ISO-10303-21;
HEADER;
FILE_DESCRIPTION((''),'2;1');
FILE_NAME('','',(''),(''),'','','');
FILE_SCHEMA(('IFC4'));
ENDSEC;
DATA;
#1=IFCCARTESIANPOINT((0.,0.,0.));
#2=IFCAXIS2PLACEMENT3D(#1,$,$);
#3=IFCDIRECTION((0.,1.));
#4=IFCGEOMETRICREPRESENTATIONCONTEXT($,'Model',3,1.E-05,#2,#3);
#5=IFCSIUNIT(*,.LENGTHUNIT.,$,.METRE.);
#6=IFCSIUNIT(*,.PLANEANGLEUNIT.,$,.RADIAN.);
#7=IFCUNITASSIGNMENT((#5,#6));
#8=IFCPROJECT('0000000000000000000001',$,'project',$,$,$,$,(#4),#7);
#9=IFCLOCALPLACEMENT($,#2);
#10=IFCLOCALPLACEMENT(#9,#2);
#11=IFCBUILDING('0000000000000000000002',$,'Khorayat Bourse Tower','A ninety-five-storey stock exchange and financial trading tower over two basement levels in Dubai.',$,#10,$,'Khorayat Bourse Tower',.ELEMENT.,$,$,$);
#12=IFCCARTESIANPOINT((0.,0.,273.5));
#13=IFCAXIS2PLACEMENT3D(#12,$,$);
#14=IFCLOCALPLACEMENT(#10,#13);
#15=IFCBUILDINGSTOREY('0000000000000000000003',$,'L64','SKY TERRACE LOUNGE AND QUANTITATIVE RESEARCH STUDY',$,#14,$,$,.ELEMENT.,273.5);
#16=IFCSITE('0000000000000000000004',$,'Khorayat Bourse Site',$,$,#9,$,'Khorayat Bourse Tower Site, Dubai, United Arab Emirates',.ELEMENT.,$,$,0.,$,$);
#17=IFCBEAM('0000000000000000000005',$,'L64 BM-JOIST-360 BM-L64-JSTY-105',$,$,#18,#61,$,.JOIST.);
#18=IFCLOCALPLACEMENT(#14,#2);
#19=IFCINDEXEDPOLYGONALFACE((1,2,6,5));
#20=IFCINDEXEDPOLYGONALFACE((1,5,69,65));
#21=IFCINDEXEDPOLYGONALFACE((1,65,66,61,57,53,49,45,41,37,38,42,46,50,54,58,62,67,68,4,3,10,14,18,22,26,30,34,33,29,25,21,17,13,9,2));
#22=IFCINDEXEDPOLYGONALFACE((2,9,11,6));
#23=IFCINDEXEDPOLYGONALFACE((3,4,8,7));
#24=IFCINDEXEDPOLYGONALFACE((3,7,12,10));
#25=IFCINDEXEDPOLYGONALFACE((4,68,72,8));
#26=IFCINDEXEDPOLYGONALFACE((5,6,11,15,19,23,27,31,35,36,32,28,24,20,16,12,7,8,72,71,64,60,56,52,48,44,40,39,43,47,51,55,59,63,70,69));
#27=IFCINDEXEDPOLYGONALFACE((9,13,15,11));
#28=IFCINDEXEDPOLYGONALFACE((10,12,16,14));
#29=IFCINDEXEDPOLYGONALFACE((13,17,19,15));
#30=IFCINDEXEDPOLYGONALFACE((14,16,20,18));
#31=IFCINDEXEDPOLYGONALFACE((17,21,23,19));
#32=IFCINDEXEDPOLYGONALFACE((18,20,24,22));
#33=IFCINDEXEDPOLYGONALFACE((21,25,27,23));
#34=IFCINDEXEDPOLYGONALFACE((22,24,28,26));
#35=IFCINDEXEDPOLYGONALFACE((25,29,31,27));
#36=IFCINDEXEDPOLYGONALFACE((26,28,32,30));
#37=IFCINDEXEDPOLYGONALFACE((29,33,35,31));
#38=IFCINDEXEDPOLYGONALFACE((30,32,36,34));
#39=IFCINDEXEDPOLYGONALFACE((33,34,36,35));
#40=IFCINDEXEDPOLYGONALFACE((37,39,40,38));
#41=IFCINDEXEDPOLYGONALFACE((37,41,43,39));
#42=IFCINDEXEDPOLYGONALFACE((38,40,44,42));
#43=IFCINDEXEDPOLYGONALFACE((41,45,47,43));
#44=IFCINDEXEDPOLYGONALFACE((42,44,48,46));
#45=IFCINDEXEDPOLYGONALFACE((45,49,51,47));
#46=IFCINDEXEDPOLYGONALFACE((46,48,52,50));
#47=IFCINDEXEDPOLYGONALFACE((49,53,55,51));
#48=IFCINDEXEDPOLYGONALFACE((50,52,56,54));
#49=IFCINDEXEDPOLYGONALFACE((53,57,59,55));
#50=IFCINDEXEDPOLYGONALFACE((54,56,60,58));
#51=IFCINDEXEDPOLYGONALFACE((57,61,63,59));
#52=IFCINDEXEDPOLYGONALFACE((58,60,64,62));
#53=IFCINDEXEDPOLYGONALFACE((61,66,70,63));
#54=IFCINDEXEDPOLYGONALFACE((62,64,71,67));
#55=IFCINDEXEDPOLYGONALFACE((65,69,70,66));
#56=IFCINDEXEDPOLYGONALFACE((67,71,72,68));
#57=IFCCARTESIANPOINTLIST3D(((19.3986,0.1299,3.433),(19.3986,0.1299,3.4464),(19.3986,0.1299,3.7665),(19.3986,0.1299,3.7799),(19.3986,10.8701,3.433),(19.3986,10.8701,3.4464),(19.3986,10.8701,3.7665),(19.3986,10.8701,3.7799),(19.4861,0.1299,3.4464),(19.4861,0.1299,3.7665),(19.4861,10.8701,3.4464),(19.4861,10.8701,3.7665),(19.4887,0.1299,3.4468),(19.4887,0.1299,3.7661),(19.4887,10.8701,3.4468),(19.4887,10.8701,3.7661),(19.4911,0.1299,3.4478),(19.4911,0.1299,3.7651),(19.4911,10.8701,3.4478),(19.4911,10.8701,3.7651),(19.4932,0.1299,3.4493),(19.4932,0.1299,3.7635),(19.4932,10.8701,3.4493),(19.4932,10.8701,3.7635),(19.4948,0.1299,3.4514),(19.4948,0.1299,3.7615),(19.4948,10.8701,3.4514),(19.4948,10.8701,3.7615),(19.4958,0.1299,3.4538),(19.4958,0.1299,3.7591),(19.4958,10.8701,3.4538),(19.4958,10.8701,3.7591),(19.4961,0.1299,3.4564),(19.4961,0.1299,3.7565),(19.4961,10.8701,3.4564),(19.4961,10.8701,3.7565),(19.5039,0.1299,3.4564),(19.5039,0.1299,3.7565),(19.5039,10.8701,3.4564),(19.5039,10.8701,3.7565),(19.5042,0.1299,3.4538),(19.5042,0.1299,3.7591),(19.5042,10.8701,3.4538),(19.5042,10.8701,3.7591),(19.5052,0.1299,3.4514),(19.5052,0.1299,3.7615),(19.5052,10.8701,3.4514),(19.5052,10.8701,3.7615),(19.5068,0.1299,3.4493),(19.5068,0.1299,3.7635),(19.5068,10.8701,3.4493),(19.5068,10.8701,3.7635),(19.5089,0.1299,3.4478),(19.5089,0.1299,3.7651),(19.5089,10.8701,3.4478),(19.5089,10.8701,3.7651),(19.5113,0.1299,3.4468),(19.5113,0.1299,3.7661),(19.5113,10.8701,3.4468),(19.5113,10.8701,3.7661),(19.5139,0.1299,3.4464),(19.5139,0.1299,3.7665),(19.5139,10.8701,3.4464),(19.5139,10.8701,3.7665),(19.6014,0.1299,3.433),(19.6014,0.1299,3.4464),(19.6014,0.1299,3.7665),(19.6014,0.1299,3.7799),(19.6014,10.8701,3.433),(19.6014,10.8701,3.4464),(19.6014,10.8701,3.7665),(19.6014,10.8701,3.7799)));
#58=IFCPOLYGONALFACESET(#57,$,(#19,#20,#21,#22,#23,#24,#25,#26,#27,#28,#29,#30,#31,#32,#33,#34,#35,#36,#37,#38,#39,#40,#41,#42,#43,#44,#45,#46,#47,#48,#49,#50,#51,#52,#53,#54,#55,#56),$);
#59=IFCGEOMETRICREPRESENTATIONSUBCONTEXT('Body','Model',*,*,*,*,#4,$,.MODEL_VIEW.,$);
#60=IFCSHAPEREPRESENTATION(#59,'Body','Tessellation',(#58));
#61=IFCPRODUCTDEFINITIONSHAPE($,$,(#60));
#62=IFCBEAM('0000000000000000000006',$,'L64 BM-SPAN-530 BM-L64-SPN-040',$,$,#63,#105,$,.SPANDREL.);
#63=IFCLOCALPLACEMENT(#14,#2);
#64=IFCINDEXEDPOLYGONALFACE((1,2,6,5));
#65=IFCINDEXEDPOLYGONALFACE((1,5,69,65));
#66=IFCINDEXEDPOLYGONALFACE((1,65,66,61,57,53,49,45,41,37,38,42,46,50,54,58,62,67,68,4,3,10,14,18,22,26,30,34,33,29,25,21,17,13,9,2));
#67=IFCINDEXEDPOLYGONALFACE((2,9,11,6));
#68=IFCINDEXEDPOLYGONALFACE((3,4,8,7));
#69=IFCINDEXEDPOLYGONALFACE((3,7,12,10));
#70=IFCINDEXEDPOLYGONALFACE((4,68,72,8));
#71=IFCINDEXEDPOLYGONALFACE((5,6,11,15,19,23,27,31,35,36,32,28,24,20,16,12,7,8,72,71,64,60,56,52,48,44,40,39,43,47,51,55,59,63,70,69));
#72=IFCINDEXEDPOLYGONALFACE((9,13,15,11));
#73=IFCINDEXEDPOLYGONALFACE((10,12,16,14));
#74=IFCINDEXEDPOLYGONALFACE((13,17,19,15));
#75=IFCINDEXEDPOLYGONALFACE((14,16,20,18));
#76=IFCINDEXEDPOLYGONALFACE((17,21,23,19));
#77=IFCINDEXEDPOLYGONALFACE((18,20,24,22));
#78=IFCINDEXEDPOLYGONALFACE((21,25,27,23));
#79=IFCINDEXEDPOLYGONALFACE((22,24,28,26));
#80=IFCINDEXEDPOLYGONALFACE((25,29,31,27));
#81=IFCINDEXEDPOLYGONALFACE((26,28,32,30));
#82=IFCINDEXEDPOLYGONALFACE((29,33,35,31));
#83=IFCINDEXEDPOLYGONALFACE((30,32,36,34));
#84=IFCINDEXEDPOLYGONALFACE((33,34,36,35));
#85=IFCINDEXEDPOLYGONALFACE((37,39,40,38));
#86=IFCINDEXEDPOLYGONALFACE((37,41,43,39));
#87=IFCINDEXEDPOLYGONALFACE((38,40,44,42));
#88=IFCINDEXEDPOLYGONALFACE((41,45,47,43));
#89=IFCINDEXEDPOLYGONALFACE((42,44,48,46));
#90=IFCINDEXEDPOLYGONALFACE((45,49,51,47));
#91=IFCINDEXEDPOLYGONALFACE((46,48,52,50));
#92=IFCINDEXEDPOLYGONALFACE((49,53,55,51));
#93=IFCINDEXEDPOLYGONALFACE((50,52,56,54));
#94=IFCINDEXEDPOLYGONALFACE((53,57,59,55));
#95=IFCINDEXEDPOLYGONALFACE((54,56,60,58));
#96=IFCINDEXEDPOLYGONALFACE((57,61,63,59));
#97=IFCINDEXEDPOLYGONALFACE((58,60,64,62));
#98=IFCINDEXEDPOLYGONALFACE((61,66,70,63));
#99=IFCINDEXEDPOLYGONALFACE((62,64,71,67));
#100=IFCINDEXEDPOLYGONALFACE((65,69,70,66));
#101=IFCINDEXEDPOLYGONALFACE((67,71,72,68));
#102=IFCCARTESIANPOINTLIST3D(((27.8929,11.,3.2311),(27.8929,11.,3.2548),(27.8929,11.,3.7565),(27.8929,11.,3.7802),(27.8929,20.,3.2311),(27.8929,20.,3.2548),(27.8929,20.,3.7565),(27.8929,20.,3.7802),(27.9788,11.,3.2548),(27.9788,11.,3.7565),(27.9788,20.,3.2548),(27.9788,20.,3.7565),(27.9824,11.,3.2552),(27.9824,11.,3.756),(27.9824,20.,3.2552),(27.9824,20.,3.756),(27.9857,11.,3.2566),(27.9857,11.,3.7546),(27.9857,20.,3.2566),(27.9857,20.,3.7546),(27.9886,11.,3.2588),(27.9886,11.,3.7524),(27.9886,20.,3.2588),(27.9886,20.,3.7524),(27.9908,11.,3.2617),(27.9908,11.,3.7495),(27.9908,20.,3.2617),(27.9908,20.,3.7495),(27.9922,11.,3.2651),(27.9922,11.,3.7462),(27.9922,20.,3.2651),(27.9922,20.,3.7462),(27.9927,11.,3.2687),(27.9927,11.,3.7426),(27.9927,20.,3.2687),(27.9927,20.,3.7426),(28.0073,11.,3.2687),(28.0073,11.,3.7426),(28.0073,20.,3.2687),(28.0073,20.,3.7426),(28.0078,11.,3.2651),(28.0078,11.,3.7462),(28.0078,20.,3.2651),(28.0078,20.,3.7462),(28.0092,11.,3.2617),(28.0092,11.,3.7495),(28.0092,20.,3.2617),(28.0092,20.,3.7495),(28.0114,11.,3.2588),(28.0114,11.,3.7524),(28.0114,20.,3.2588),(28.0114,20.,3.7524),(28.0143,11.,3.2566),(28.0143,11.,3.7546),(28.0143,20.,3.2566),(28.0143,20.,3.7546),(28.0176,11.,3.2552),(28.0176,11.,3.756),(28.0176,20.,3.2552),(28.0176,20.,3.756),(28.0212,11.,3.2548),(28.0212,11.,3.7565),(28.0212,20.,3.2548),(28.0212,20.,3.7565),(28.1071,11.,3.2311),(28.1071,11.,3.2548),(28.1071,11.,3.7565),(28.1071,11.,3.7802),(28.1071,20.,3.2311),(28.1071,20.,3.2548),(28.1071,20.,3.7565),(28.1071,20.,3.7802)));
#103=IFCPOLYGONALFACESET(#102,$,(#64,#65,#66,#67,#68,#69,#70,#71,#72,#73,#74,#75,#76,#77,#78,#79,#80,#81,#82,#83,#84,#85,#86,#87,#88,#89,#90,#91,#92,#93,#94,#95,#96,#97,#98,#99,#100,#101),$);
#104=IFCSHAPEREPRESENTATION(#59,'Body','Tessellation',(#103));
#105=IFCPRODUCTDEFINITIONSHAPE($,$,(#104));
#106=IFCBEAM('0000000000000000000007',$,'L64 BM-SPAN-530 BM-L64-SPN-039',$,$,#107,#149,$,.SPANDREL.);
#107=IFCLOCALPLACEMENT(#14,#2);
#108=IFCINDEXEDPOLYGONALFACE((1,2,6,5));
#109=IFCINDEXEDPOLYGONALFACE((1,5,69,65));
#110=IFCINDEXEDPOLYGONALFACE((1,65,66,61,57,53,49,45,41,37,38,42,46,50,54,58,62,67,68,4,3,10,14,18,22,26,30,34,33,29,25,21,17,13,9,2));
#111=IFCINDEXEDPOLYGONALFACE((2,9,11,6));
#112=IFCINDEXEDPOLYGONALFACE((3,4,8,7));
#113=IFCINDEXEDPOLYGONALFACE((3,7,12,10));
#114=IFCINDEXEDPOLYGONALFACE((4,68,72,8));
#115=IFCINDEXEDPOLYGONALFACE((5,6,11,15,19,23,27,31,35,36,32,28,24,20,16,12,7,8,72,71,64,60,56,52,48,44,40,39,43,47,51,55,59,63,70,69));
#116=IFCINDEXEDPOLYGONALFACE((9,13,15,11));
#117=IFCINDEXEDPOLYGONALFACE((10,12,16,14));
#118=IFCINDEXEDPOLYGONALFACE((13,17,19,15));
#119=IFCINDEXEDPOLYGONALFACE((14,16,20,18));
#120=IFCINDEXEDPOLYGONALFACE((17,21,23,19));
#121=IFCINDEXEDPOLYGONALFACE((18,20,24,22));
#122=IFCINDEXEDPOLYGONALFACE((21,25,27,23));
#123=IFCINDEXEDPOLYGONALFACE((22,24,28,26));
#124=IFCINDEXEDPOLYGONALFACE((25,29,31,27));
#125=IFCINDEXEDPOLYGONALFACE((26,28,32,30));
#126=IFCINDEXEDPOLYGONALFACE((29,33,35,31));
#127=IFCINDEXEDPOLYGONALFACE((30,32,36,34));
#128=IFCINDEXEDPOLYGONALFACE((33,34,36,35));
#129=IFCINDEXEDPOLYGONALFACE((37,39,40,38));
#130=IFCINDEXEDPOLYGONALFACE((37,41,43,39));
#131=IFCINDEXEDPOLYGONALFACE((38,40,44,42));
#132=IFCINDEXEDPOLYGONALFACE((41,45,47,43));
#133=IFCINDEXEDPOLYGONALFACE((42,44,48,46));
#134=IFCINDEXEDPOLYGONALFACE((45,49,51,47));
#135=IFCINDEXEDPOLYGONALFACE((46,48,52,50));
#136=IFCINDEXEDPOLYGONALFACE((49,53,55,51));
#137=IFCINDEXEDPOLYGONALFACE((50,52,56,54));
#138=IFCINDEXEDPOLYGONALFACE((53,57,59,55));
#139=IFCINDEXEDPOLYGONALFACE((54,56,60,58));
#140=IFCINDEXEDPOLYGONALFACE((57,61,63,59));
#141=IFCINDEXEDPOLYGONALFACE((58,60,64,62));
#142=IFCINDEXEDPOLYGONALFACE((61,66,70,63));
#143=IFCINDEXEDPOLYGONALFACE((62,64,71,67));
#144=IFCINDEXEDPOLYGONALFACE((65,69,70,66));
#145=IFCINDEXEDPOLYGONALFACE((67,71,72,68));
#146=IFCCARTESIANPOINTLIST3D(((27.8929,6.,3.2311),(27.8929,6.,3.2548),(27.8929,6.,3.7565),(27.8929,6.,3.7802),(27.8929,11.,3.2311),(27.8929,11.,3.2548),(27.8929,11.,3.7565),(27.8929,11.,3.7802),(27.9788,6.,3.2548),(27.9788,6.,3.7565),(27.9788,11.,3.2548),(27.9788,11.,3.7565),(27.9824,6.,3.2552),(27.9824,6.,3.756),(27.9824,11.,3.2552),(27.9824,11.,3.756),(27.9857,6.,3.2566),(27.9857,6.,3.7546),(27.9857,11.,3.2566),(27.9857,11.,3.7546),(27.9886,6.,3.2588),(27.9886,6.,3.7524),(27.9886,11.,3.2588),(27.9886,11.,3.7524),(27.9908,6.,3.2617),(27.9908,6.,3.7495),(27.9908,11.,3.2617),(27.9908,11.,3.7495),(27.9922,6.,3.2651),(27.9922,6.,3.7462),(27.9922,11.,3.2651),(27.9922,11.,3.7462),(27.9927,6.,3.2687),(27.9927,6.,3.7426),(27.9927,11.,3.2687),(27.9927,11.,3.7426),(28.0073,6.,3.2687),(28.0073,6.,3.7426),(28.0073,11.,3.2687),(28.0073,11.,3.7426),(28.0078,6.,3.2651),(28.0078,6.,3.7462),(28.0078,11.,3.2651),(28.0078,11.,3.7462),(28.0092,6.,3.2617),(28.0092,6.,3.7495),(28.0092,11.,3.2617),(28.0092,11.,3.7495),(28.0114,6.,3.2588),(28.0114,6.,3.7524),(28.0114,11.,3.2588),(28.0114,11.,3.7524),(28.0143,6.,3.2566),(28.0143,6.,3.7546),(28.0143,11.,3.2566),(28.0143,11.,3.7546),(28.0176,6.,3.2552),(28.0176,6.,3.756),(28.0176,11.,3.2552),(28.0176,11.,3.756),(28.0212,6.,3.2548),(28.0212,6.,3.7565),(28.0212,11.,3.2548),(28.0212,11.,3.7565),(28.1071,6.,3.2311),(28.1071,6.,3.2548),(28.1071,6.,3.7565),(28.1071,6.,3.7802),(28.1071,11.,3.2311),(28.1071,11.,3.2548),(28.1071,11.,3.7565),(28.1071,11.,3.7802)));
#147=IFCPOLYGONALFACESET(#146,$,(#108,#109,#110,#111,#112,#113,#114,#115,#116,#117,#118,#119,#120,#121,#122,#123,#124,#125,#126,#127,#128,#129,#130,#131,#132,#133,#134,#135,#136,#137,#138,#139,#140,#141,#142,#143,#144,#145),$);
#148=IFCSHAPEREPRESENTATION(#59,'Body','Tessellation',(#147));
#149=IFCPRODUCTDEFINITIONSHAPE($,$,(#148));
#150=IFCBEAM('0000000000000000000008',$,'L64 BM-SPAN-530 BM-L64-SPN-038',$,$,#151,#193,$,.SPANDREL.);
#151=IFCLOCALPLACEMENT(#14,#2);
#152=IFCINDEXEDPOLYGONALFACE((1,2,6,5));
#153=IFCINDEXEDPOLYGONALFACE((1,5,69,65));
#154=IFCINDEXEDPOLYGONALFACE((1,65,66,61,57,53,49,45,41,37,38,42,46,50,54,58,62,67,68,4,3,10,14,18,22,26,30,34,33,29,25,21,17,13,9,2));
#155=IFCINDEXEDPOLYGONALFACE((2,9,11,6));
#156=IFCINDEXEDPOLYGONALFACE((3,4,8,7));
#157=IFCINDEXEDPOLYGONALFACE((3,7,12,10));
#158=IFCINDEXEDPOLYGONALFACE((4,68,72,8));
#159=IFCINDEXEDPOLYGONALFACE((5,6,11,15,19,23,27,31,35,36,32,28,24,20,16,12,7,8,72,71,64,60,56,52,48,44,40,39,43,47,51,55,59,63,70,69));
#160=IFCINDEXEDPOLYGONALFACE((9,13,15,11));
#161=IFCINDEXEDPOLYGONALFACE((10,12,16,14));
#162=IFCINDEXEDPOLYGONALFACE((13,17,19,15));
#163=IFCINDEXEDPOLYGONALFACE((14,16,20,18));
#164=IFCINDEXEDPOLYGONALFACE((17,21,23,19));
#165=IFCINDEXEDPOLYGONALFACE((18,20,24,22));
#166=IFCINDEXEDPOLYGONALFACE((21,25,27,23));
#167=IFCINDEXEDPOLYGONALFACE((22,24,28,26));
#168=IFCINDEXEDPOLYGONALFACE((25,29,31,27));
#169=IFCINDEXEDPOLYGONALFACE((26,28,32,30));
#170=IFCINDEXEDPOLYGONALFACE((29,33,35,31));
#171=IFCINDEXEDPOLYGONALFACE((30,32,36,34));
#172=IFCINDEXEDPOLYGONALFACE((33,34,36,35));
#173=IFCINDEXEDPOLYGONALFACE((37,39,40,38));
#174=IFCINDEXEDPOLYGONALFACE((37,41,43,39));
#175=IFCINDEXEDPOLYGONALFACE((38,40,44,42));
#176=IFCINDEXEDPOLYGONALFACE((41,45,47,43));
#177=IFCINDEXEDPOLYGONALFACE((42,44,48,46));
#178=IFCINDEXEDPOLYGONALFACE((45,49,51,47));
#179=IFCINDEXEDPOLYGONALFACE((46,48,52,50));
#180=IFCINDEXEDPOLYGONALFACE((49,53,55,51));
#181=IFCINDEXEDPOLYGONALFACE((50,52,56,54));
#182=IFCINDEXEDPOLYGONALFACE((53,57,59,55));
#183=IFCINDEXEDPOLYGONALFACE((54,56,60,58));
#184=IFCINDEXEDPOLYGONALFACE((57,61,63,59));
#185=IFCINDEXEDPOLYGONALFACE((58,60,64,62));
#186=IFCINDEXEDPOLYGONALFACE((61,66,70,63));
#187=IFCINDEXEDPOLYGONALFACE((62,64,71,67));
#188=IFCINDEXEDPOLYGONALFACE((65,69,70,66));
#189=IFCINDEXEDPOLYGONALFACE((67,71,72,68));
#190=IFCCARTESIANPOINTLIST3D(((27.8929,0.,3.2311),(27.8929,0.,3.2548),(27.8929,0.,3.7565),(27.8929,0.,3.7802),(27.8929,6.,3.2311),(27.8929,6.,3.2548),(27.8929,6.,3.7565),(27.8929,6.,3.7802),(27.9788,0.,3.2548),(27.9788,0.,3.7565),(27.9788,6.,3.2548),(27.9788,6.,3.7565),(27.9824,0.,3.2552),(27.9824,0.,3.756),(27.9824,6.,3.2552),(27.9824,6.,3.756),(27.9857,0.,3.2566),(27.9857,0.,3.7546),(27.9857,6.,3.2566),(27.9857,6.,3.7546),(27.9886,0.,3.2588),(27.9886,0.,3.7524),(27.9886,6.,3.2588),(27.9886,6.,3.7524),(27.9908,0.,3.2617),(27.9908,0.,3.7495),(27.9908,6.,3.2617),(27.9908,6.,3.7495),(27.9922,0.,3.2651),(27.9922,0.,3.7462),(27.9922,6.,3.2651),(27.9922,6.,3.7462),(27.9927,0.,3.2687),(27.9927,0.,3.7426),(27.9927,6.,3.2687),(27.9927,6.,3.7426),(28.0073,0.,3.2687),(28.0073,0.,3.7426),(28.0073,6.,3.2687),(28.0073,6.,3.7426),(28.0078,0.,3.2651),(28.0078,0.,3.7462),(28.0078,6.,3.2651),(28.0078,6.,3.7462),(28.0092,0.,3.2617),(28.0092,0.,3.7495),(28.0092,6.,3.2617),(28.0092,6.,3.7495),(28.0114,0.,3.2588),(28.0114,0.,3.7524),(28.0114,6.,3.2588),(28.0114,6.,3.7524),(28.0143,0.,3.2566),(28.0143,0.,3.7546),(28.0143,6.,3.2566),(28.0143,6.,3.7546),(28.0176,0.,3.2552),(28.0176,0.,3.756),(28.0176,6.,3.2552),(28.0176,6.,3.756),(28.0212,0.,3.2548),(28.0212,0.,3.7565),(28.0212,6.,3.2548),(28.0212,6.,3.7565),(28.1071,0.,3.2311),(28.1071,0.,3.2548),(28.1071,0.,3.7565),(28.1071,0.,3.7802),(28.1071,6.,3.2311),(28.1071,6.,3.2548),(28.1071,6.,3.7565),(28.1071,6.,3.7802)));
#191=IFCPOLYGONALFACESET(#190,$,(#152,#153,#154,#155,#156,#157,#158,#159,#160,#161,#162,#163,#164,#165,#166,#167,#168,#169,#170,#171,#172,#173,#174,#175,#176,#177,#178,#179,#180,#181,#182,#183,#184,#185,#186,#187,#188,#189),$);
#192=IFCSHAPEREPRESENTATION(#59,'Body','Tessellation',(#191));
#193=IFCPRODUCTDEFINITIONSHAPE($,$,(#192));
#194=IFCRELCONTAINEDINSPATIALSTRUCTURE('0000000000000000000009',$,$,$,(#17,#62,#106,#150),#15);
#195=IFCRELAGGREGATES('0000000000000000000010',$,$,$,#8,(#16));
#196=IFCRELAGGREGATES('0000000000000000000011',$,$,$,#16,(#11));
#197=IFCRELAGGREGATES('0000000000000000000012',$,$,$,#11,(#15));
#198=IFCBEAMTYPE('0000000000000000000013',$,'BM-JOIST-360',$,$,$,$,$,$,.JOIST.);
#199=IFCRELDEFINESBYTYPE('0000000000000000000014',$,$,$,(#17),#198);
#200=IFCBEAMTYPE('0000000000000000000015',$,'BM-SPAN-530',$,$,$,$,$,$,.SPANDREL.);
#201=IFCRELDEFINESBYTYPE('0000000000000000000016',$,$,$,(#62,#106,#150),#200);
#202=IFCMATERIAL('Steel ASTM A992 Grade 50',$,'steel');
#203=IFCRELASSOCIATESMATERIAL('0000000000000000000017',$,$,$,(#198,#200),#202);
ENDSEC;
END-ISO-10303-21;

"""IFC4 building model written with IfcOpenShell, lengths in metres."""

from ifc_helpers import new_model, si_unit, direction, frame, origin, origin_2d, place, context, subcontext, project, spatial, i_section, extrude, source, transform, mapped, material, material_profile, profile_set, type_object, element, save


model = new_model("IFC4")

# Units and contexts
model_context = context("Model", 3, precision=1e-05, world=origin(), true_north=direction((0.0, 1.0)))
body_context = subcontext(model_context, "Body", "Model", "MODEL_VIEW")
ifc_project = project(units=[si_unit("LENGTHUNIT", "METRE"), si_unit("PLANEANGLEUNIT", "RADIAN")], contexts=[model_context])

# Site, building, storey
site_placement = place(None, origin())
site = spatial("IfcSite", under=ifc_project, at=site_placement, Name="Khorayat Bourse Site", LongName="Khorayat Bourse Tower Site, Dubai, United Arab Emirates", CompositionType="ELEMENT", RefElevation=0.0)
building_placement = place(site_placement, origin())
building = spatial("IfcBuilding", under=site, at=building_placement, Name="Khorayat Bourse Tower", Description="A ninety-five-storey stock exchange and financial trading tower over two basement levels in Dubai.", LongName="Khorayat Bourse Tower", CompositionType="ELEMENT")
storey_placement = place(building_placement, frame((0.0, 0.0, 273.5)))
storey = spatial("IfcBuildingStorey", under=building, at=storey_placement, Name="L64", Description="SKY TERRACE LOUNGE AND QUANTITATIVE RESEARCH STUDY", CompositionType="ELEMENT", Elevation=273.5)

# Shared definitions
ifc_material_1 = material(Name="Steel ASTM A992 Grade 50", Category="steel")

# Beams
ifc_material_profile_1 = material_profile(ifc_material_1, i_section(OverallWidth=0.2029, OverallDepth=0.3469, WebThickness=0.0078, FlangeThickness=0.0134, FilletRadius=0.01, at=origin_2d()), Name="W360X64")
ifc_profile_set_1 = profile_set([ifc_material_profile_1], Name="Steel ASTM A992 Grade 50")
beam_type_1 = type_object("IfcBeamType", Name="BM-JOIST-360", PredefinedType="JOIST", material=ifc_profile_set_1)
shared_shape_1 = source(origin(), body_context, "Body", "SweptSolid", [
    extrude(i_section(OverallWidth=0.2029, OverallDepth=0.3469, WebThickness=0.0078, FlangeThickness=0.0134, FilletRadius=0.01, at=origin_2d()), origin(), (0.0, 0.0, 1.0), 10.7402),
])
beam_1_placement = place(storey_placement, frame((19.5, 0.1299, 3.6064), z_axis=(0.0, 1.0, 0.0), x_axis=(-1.0, 0.0, 0.0)))
element("IfcBeam", 1, at=beam_1_placement, inside=storey, type_object=beam_type_1, Name="L64 BM-JOIST-360 BM-L64-JSTY-105", PredefinedType="JOIST", context=body_context, shape_type="MappedRepresentation", body=[
    mapped(shared_shape_1, transform((0.0, 0.0, 0.0), scale=1.0)),
])
ifc_material_profile_2 = material_profile(ifc_material_1, i_section(OverallWidth=0.2141, OverallDepth=0.5491, WebThickness=0.0146, FlangeThickness=0.0237, FilletRadius=0.0139, at=origin_2d()), Name="W530X138")
ifc_profile_set_2 = profile_set([ifc_material_profile_2], Name="Steel ASTM A992 Grade 50")
beam_type_2 = type_object("IfcBeamType", Name="BM-SPAN-530", PredefinedType="SPANDREL", material=ifc_profile_set_2)
shared_shape_2 = source(origin(), body_context, "Body", "SweptSolid", [
    extrude(i_section(OverallWidth=0.2141, OverallDepth=0.5491, WebThickness=0.0146, FlangeThickness=0.0237, FilletRadius=0.0139, at=origin_2d()), origin(), (0.0, 0.0, 1.0), 9.0),
])
beam_2_placement = place(storey_placement, frame((28.0, 11.0, 3.5056), z_axis=(0.0, 1.0, 0.0), x_axis=(-1.0, 0.0, 0.0)))
element("IfcBeam", 2, at=beam_2_placement, inside=storey, type_object=beam_type_2, Name="L64 BM-SPAN-530 BM-L64-SPN-040", PredefinedType="SPANDREL", context=body_context, shape_type="MappedRepresentation", body=[
    mapped(shared_shape_2, transform((0.0, 0.0, 0.0), scale=1.0)),
])
shared_shape_3 = source(origin(), body_context, "Body", "SweptSolid", [
    extrude(i_section(OverallWidth=0.2141, OverallDepth=0.5491, WebThickness=0.0146, FlangeThickness=0.0237, FilletRadius=0.0139, at=origin_2d()), origin(), (0.0, 0.0, 1.0), 5.0),
])
beam_3_placement = place(storey_placement, frame((28.0, 6.0, 3.5056), z_axis=(0.0, 1.0, 0.0), x_axis=(-1.0, 0.0, 0.0)))
element("IfcBeam", 3, at=beam_3_placement, inside=storey, type_object=beam_type_2, Name="L64 BM-SPAN-530 BM-L64-SPN-039", PredefinedType="SPANDREL", context=body_context, shape_type="MappedRepresentation", body=[
    mapped(shared_shape_3, transform((0.0, 0.0, 0.0), scale=1.0)),
])
shared_shape_4 = source(origin(), body_context, "Body", "SweptSolid", [
    extrude(i_section(OverallWidth=0.2141, OverallDepth=0.5491, WebThickness=0.0146, FlangeThickness=0.0237, FilletRadius=0.0139, at=origin_2d()), origin(), (0.0, 0.0, 1.0), 6.0),
])
beam_4_placement = place(storey_placement, frame((28.0, 0.0, 3.5056), z_axis=(0.0, 1.0, 0.0), x_axis=(-1.0, 0.0, 0.0)))
element("IfcBeam", 4, at=beam_4_placement, inside=storey, type_object=beam_type_2, Name="L64 BM-SPAN-530 BM-L64-SPN-038", PredefinedType="SPANDREL", context=body_context, shape_type="MappedRepresentation", body=[
    mapped(shared_shape_4, transform((0.0, 0.0, 0.0), scale=1.0)),
])

save(model, "model.ifc")
